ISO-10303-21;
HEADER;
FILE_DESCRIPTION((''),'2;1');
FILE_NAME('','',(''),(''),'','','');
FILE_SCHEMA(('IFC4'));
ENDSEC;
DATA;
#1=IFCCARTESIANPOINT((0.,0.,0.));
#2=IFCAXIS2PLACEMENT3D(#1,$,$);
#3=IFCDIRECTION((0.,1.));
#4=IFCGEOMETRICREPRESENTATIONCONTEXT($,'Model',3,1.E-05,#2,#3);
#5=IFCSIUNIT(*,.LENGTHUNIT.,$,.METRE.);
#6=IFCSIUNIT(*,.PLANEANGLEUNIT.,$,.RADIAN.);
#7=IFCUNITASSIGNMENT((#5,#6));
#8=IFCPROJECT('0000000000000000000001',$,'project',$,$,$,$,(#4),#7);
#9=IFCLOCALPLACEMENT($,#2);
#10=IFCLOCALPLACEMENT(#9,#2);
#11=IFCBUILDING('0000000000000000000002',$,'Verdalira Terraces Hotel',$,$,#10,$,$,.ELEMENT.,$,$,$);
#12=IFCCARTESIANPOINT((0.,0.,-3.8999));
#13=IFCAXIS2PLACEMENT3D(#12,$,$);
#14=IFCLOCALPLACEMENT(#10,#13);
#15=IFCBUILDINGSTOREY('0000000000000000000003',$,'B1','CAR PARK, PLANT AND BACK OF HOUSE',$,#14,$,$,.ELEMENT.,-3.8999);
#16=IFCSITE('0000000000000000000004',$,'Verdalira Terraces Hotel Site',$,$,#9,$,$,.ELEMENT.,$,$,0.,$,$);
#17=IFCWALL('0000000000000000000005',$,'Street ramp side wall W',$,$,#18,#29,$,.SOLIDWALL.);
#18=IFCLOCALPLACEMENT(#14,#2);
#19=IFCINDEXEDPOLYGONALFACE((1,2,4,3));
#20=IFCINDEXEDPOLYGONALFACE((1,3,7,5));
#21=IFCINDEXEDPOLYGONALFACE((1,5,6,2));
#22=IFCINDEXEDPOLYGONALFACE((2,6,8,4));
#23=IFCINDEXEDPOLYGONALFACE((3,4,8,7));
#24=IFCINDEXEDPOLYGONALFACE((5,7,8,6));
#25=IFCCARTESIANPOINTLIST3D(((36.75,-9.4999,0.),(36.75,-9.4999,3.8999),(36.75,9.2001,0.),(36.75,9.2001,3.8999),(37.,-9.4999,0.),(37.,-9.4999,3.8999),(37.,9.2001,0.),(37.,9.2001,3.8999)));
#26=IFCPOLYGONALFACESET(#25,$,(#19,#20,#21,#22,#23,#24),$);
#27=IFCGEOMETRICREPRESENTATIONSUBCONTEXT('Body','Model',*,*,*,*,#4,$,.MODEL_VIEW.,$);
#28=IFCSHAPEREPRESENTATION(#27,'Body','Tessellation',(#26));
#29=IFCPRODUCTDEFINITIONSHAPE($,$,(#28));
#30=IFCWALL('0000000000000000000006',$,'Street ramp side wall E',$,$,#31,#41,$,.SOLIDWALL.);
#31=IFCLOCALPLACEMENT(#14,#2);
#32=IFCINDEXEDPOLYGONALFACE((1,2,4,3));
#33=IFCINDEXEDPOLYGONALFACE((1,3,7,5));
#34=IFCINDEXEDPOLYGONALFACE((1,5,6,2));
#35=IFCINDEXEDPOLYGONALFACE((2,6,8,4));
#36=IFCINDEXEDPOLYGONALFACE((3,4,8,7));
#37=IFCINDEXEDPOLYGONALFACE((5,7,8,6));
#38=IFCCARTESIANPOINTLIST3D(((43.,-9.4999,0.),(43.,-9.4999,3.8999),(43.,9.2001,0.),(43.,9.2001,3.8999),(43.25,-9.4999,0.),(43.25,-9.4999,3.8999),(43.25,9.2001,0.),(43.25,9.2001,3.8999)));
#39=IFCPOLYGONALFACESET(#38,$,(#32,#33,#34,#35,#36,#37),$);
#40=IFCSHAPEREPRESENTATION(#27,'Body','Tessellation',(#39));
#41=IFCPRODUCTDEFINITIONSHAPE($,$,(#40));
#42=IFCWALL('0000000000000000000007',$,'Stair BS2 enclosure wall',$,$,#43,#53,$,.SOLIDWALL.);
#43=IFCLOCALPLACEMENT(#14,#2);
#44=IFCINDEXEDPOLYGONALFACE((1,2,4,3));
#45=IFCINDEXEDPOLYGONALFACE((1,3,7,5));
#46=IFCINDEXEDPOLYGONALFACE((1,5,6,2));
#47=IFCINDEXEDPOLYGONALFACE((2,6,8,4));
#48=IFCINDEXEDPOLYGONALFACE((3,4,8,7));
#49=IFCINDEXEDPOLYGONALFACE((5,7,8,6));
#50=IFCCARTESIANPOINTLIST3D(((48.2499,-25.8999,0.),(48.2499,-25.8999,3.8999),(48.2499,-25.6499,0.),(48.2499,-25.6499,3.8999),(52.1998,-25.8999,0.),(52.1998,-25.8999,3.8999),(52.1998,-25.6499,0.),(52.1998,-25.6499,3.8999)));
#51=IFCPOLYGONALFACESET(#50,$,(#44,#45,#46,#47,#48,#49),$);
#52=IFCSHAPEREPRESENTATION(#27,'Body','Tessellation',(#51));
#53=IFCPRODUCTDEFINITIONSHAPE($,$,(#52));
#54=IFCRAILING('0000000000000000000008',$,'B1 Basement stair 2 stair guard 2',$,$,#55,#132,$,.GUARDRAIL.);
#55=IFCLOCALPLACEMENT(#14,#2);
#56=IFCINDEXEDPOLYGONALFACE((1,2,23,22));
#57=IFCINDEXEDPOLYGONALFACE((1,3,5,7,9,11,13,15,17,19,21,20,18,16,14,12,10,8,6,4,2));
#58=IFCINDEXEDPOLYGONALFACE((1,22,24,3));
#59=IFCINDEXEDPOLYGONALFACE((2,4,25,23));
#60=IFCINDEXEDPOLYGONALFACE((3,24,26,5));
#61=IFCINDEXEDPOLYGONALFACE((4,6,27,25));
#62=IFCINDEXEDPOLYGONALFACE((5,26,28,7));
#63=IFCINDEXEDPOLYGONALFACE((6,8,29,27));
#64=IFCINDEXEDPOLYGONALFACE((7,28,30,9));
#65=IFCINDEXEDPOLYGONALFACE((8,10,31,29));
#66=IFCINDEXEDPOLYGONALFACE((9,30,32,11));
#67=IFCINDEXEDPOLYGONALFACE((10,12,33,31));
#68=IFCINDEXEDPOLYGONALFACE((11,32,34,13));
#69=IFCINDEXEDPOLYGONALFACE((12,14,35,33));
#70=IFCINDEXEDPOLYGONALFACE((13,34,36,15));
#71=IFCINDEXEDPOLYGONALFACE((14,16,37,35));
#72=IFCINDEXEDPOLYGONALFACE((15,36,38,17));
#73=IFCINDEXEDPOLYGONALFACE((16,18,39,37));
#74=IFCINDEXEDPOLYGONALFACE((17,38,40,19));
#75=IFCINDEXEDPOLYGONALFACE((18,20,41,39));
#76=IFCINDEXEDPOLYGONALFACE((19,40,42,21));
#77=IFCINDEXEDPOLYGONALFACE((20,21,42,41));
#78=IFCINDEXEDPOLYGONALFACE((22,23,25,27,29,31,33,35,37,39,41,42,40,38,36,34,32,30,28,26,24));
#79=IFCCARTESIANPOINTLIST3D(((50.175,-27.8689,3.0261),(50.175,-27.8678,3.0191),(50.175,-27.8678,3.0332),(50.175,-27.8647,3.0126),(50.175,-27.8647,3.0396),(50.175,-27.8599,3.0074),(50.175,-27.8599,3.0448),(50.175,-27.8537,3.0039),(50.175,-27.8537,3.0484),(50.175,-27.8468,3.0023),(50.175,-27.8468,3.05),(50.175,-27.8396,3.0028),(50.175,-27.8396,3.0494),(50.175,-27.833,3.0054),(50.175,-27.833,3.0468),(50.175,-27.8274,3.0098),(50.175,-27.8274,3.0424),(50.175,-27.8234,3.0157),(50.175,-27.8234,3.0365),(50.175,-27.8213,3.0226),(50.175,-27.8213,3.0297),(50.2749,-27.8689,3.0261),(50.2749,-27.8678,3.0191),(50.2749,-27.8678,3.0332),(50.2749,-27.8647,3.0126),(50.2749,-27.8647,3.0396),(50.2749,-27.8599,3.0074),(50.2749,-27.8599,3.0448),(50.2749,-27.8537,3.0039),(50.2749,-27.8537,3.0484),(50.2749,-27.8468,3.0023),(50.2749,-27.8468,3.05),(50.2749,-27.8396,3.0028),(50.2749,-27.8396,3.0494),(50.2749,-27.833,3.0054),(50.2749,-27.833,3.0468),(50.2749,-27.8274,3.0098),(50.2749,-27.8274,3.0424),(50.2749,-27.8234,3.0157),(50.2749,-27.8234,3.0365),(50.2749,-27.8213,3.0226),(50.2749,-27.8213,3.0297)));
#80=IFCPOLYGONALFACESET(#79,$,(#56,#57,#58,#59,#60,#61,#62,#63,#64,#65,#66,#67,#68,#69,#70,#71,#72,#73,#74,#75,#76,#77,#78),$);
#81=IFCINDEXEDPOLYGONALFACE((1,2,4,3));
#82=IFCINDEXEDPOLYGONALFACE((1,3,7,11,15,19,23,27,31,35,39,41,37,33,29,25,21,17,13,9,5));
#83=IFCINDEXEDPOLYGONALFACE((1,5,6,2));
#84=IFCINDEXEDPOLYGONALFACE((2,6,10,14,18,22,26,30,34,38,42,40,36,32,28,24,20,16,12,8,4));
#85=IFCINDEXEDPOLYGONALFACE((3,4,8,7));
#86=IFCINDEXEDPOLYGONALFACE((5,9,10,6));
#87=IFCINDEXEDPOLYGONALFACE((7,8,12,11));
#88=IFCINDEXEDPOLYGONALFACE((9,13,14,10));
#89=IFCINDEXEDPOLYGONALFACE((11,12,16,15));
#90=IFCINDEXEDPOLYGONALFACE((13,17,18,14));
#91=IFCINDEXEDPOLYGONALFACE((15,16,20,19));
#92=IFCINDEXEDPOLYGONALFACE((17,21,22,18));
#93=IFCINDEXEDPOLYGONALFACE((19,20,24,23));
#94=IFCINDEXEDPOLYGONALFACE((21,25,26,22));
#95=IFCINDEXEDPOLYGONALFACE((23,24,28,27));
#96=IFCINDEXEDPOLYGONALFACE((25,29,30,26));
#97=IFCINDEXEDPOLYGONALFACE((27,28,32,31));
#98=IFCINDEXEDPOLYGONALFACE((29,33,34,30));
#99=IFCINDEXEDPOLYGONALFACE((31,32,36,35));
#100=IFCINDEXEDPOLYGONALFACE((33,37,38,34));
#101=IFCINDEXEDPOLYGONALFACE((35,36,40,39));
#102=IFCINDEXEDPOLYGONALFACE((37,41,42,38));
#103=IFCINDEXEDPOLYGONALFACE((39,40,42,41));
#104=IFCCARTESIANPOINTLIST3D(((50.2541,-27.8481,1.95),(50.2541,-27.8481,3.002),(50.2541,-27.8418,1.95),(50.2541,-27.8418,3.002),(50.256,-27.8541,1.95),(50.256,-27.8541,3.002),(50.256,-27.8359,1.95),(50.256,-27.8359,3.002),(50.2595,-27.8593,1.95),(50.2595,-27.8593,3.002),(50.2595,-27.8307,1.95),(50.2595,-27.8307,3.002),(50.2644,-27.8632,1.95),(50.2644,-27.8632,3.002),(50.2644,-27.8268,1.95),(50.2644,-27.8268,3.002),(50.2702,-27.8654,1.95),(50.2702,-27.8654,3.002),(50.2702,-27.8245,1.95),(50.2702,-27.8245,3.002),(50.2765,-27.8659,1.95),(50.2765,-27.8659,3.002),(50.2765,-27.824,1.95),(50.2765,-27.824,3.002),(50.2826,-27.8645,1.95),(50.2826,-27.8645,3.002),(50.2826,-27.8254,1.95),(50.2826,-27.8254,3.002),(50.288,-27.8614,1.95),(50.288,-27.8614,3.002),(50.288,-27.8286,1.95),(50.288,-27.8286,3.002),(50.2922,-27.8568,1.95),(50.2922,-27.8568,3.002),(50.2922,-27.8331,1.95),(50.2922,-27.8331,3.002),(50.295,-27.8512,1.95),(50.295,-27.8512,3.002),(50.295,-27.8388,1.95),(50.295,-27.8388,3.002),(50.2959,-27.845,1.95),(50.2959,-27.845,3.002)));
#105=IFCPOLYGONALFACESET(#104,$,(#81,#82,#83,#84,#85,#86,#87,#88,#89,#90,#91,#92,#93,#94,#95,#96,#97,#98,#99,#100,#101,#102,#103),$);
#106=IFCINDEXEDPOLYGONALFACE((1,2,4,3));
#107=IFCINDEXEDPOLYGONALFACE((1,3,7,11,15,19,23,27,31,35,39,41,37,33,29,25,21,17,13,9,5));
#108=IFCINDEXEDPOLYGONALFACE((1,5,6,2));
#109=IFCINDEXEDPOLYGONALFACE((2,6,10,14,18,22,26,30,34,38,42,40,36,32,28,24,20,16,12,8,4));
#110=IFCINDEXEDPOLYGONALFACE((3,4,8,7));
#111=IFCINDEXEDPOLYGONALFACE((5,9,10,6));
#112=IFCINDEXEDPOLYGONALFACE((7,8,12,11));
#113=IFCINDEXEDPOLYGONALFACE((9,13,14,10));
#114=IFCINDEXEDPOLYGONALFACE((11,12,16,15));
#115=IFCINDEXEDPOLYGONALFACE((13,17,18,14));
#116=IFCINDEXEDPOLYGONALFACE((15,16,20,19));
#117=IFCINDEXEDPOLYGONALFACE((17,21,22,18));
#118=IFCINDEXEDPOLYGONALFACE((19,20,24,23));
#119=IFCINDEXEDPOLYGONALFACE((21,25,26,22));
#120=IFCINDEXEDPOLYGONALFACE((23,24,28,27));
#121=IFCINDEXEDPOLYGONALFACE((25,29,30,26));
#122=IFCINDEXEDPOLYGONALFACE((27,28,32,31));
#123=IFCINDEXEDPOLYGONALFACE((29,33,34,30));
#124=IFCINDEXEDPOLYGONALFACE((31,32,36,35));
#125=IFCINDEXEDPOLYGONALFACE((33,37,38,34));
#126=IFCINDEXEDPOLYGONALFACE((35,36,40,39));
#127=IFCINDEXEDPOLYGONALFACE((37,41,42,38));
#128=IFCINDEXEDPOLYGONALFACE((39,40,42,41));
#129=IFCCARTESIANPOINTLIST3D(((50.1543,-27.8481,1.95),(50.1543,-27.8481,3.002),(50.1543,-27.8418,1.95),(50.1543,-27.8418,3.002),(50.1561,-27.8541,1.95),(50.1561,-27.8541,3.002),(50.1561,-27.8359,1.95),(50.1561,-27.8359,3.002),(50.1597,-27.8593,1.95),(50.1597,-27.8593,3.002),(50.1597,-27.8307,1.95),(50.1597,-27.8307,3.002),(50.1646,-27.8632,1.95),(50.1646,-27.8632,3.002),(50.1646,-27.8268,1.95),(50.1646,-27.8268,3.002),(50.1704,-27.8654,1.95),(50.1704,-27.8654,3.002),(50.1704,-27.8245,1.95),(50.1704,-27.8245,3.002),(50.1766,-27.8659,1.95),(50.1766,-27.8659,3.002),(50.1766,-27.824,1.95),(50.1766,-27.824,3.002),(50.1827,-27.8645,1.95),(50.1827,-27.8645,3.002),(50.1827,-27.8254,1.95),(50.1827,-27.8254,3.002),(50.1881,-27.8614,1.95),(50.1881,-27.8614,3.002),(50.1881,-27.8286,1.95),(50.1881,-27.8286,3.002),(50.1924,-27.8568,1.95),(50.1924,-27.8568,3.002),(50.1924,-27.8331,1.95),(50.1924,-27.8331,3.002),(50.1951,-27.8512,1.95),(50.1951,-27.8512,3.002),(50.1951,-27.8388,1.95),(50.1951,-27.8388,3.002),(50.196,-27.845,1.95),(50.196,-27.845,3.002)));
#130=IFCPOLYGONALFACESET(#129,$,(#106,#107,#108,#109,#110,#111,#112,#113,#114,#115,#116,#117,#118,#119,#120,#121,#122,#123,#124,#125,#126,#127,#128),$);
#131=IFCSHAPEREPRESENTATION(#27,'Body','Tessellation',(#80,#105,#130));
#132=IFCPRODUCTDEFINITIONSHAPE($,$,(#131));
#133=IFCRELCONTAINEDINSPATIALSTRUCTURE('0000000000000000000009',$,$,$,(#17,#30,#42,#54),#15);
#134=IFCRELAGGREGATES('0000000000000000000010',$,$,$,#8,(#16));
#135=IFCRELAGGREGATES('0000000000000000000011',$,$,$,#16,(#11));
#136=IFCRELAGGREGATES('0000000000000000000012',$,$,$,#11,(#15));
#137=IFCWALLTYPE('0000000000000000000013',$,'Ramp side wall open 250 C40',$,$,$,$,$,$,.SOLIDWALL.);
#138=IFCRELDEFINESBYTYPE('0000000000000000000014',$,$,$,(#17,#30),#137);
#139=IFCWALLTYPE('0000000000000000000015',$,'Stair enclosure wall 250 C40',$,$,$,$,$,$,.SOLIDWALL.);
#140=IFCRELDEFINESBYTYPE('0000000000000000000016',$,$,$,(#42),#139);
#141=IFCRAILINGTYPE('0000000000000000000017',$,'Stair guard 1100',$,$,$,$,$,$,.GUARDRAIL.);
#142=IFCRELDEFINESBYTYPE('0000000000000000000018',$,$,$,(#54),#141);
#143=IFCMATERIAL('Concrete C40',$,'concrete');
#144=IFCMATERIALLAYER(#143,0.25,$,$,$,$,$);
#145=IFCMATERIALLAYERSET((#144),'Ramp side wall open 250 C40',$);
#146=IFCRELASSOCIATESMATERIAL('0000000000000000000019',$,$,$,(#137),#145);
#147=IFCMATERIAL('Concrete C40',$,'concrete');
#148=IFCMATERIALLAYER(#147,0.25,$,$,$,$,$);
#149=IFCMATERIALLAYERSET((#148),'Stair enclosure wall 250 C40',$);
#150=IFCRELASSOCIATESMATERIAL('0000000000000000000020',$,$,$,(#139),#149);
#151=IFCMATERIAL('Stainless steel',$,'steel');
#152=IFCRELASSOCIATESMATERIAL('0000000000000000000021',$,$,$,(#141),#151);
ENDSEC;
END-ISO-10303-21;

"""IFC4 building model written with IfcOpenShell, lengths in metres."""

from ifc_helpers import new_model, si_unit, direction, frame, frame_2d, origin, origin_2d, place, context, subcontext, project, spatial, rectangle, circle, extrude, material, layer, layer_set, type_object, element, save


model = new_model("IFC4")

# Units and contexts
model_context = context("Model", 3, precision=1e-05, world=origin(), true_north=direction((0.0, 1.0)))
body_context = subcontext(model_context, "Body", "Model", "MODEL_VIEW")
ifc_project = project(units=[si_unit("LENGTHUNIT", "METRE"), si_unit("PLANEANGLEUNIT", "RADIAN")], contexts=[model_context])

# Site, building, storey
site_placement = place(None, origin())
site = spatial("IfcSite", under=ifc_project, at=site_placement, Name="Verdalira Terraces Hotel Site", CompositionType="ELEMENT", RefElevation=0.0)
building_placement = place(site_placement, origin())
building = spatial("IfcBuilding", under=site, at=building_placement, Name="Verdalira Terraces Hotel", CompositionType="ELEMENT")
storey_placement = place(building_placement, frame((0.0, 0.0, -3.8999)))
storey = spatial("IfcBuildingStorey", under=building, at=storey_placement, Name="B1", Description="CAR PARK, PLANT AND BACK OF HOUSE", CompositionType="ELEMENT", Elevation=-3.8999)

# Walls
ifc_material_1 = material(Name="Concrete C40", Category="concrete")
ifc_layer_1 = layer(ifc_material_1, 0.25)
ifc_layer_set_1 = layer_set([ifc_layer_1], Name="Ramp side wall open 250 C40")
wall_type_1 = type_object("IfcWallType", Name="Ramp side wall open 250 C40", PredefinedType="SOLIDWALL", material=ifc_layer_set_1)
for number, where, z_axis, x_axis, name in (
    (1, (36.875, -9.5, 0.0), (0.0, 0.0, 1.0), (0.0, 1.0, 0.0), "Street ramp side wall W"),
    (2, (43.125, -9.5, 0.0), (0.0, 0.0, 1.0), (0.0, 1.0, 0.0), "Street ramp side wall E"),
):
    element("IfcWall", number, at=place(storey_placement, frame(where, z_axis=z_axis, x_axis=x_axis)), inside=storey, type_object=wall_type_1, Name=name, PredefinedType="SOLIDWALL", context=body_context, shape_type="SweptSolid", body=[
        extrude(rectangle(XDim=18.7, YDim=0.25, at=frame_2d((9.3501, 0.0))), origin(), (0.0, 0.0, 1.0), 3.8999),
    ])
ifc_material_2 = material(Name="Concrete C40", Category="concrete")
ifc_layer_2 = layer(ifc_material_2, 0.25)
ifc_layer_set_2 = layer_set([ifc_layer_2], Name="Stair enclosure wall 250 C40")
wall_type_2 = type_object("IfcWallType", Name="Stair enclosure wall 250 C40", PredefinedType="SOLIDWALL", material=ifc_layer_set_2)
wall_1_placement = place(storey_placement, frame((52.2, -25.7749, 0.0), z_axis=(0.0, 0.0, 1.0), x_axis=(-1.0, 0.0, 0.0)))
element("IfcWall", 3, at=wall_1_placement, inside=storey, type_object=wall_type_2, Name="Stair BS2 enclosure wall", PredefinedType="SOLIDWALL", context=body_context, shape_type="SweptSolid", body=[
    extrude(rectangle(XDim=3.95, YDim=0.25, at=frame_2d((1.9751, 0.0))), origin(), (0.0, 0.0, 1.0), 3.8999),
])

# Railing
ifc_material_3 = material(Name="Stainless steel", Category="steel")
railing_type = type_object("IfcRailingType", Name="Stair guard 1100", PredefinedType="GUARDRAIL", material=ifc_material_3)
railing_placement = place(storey_placement, frame((50.2749, -27.845, 1.95)))
element("IfcRailing", 4, at=railing_placement, inside=storey, type_object=railing_type, Name="B1 Basement stair 2 stair guard 2", PredefinedType="GUARDRAIL", context=body_context, shape_type="SweptSolid", body=[
    extrude(circle(Radius=0.0239, at=origin_2d()), frame((0.0, 0.0, 1.0762), z_axis=(-1.0, 0.0, 0.0), x_axis=(0.0, -1.0, 0.0)), (0.0, 0.0, 1.0), 0.0999),
    extrude(circle(Radius=0.021, at=origin_2d()), origin(), (0.0, 0.0, 1.0), 1.052),
    extrude(circle(Radius=0.021, at=origin_2d()), frame((-0.0999, 0.0, 0.0)), (0.0, 0.0, 1.0), 1.052),
])

save(model, "model.ifc")
